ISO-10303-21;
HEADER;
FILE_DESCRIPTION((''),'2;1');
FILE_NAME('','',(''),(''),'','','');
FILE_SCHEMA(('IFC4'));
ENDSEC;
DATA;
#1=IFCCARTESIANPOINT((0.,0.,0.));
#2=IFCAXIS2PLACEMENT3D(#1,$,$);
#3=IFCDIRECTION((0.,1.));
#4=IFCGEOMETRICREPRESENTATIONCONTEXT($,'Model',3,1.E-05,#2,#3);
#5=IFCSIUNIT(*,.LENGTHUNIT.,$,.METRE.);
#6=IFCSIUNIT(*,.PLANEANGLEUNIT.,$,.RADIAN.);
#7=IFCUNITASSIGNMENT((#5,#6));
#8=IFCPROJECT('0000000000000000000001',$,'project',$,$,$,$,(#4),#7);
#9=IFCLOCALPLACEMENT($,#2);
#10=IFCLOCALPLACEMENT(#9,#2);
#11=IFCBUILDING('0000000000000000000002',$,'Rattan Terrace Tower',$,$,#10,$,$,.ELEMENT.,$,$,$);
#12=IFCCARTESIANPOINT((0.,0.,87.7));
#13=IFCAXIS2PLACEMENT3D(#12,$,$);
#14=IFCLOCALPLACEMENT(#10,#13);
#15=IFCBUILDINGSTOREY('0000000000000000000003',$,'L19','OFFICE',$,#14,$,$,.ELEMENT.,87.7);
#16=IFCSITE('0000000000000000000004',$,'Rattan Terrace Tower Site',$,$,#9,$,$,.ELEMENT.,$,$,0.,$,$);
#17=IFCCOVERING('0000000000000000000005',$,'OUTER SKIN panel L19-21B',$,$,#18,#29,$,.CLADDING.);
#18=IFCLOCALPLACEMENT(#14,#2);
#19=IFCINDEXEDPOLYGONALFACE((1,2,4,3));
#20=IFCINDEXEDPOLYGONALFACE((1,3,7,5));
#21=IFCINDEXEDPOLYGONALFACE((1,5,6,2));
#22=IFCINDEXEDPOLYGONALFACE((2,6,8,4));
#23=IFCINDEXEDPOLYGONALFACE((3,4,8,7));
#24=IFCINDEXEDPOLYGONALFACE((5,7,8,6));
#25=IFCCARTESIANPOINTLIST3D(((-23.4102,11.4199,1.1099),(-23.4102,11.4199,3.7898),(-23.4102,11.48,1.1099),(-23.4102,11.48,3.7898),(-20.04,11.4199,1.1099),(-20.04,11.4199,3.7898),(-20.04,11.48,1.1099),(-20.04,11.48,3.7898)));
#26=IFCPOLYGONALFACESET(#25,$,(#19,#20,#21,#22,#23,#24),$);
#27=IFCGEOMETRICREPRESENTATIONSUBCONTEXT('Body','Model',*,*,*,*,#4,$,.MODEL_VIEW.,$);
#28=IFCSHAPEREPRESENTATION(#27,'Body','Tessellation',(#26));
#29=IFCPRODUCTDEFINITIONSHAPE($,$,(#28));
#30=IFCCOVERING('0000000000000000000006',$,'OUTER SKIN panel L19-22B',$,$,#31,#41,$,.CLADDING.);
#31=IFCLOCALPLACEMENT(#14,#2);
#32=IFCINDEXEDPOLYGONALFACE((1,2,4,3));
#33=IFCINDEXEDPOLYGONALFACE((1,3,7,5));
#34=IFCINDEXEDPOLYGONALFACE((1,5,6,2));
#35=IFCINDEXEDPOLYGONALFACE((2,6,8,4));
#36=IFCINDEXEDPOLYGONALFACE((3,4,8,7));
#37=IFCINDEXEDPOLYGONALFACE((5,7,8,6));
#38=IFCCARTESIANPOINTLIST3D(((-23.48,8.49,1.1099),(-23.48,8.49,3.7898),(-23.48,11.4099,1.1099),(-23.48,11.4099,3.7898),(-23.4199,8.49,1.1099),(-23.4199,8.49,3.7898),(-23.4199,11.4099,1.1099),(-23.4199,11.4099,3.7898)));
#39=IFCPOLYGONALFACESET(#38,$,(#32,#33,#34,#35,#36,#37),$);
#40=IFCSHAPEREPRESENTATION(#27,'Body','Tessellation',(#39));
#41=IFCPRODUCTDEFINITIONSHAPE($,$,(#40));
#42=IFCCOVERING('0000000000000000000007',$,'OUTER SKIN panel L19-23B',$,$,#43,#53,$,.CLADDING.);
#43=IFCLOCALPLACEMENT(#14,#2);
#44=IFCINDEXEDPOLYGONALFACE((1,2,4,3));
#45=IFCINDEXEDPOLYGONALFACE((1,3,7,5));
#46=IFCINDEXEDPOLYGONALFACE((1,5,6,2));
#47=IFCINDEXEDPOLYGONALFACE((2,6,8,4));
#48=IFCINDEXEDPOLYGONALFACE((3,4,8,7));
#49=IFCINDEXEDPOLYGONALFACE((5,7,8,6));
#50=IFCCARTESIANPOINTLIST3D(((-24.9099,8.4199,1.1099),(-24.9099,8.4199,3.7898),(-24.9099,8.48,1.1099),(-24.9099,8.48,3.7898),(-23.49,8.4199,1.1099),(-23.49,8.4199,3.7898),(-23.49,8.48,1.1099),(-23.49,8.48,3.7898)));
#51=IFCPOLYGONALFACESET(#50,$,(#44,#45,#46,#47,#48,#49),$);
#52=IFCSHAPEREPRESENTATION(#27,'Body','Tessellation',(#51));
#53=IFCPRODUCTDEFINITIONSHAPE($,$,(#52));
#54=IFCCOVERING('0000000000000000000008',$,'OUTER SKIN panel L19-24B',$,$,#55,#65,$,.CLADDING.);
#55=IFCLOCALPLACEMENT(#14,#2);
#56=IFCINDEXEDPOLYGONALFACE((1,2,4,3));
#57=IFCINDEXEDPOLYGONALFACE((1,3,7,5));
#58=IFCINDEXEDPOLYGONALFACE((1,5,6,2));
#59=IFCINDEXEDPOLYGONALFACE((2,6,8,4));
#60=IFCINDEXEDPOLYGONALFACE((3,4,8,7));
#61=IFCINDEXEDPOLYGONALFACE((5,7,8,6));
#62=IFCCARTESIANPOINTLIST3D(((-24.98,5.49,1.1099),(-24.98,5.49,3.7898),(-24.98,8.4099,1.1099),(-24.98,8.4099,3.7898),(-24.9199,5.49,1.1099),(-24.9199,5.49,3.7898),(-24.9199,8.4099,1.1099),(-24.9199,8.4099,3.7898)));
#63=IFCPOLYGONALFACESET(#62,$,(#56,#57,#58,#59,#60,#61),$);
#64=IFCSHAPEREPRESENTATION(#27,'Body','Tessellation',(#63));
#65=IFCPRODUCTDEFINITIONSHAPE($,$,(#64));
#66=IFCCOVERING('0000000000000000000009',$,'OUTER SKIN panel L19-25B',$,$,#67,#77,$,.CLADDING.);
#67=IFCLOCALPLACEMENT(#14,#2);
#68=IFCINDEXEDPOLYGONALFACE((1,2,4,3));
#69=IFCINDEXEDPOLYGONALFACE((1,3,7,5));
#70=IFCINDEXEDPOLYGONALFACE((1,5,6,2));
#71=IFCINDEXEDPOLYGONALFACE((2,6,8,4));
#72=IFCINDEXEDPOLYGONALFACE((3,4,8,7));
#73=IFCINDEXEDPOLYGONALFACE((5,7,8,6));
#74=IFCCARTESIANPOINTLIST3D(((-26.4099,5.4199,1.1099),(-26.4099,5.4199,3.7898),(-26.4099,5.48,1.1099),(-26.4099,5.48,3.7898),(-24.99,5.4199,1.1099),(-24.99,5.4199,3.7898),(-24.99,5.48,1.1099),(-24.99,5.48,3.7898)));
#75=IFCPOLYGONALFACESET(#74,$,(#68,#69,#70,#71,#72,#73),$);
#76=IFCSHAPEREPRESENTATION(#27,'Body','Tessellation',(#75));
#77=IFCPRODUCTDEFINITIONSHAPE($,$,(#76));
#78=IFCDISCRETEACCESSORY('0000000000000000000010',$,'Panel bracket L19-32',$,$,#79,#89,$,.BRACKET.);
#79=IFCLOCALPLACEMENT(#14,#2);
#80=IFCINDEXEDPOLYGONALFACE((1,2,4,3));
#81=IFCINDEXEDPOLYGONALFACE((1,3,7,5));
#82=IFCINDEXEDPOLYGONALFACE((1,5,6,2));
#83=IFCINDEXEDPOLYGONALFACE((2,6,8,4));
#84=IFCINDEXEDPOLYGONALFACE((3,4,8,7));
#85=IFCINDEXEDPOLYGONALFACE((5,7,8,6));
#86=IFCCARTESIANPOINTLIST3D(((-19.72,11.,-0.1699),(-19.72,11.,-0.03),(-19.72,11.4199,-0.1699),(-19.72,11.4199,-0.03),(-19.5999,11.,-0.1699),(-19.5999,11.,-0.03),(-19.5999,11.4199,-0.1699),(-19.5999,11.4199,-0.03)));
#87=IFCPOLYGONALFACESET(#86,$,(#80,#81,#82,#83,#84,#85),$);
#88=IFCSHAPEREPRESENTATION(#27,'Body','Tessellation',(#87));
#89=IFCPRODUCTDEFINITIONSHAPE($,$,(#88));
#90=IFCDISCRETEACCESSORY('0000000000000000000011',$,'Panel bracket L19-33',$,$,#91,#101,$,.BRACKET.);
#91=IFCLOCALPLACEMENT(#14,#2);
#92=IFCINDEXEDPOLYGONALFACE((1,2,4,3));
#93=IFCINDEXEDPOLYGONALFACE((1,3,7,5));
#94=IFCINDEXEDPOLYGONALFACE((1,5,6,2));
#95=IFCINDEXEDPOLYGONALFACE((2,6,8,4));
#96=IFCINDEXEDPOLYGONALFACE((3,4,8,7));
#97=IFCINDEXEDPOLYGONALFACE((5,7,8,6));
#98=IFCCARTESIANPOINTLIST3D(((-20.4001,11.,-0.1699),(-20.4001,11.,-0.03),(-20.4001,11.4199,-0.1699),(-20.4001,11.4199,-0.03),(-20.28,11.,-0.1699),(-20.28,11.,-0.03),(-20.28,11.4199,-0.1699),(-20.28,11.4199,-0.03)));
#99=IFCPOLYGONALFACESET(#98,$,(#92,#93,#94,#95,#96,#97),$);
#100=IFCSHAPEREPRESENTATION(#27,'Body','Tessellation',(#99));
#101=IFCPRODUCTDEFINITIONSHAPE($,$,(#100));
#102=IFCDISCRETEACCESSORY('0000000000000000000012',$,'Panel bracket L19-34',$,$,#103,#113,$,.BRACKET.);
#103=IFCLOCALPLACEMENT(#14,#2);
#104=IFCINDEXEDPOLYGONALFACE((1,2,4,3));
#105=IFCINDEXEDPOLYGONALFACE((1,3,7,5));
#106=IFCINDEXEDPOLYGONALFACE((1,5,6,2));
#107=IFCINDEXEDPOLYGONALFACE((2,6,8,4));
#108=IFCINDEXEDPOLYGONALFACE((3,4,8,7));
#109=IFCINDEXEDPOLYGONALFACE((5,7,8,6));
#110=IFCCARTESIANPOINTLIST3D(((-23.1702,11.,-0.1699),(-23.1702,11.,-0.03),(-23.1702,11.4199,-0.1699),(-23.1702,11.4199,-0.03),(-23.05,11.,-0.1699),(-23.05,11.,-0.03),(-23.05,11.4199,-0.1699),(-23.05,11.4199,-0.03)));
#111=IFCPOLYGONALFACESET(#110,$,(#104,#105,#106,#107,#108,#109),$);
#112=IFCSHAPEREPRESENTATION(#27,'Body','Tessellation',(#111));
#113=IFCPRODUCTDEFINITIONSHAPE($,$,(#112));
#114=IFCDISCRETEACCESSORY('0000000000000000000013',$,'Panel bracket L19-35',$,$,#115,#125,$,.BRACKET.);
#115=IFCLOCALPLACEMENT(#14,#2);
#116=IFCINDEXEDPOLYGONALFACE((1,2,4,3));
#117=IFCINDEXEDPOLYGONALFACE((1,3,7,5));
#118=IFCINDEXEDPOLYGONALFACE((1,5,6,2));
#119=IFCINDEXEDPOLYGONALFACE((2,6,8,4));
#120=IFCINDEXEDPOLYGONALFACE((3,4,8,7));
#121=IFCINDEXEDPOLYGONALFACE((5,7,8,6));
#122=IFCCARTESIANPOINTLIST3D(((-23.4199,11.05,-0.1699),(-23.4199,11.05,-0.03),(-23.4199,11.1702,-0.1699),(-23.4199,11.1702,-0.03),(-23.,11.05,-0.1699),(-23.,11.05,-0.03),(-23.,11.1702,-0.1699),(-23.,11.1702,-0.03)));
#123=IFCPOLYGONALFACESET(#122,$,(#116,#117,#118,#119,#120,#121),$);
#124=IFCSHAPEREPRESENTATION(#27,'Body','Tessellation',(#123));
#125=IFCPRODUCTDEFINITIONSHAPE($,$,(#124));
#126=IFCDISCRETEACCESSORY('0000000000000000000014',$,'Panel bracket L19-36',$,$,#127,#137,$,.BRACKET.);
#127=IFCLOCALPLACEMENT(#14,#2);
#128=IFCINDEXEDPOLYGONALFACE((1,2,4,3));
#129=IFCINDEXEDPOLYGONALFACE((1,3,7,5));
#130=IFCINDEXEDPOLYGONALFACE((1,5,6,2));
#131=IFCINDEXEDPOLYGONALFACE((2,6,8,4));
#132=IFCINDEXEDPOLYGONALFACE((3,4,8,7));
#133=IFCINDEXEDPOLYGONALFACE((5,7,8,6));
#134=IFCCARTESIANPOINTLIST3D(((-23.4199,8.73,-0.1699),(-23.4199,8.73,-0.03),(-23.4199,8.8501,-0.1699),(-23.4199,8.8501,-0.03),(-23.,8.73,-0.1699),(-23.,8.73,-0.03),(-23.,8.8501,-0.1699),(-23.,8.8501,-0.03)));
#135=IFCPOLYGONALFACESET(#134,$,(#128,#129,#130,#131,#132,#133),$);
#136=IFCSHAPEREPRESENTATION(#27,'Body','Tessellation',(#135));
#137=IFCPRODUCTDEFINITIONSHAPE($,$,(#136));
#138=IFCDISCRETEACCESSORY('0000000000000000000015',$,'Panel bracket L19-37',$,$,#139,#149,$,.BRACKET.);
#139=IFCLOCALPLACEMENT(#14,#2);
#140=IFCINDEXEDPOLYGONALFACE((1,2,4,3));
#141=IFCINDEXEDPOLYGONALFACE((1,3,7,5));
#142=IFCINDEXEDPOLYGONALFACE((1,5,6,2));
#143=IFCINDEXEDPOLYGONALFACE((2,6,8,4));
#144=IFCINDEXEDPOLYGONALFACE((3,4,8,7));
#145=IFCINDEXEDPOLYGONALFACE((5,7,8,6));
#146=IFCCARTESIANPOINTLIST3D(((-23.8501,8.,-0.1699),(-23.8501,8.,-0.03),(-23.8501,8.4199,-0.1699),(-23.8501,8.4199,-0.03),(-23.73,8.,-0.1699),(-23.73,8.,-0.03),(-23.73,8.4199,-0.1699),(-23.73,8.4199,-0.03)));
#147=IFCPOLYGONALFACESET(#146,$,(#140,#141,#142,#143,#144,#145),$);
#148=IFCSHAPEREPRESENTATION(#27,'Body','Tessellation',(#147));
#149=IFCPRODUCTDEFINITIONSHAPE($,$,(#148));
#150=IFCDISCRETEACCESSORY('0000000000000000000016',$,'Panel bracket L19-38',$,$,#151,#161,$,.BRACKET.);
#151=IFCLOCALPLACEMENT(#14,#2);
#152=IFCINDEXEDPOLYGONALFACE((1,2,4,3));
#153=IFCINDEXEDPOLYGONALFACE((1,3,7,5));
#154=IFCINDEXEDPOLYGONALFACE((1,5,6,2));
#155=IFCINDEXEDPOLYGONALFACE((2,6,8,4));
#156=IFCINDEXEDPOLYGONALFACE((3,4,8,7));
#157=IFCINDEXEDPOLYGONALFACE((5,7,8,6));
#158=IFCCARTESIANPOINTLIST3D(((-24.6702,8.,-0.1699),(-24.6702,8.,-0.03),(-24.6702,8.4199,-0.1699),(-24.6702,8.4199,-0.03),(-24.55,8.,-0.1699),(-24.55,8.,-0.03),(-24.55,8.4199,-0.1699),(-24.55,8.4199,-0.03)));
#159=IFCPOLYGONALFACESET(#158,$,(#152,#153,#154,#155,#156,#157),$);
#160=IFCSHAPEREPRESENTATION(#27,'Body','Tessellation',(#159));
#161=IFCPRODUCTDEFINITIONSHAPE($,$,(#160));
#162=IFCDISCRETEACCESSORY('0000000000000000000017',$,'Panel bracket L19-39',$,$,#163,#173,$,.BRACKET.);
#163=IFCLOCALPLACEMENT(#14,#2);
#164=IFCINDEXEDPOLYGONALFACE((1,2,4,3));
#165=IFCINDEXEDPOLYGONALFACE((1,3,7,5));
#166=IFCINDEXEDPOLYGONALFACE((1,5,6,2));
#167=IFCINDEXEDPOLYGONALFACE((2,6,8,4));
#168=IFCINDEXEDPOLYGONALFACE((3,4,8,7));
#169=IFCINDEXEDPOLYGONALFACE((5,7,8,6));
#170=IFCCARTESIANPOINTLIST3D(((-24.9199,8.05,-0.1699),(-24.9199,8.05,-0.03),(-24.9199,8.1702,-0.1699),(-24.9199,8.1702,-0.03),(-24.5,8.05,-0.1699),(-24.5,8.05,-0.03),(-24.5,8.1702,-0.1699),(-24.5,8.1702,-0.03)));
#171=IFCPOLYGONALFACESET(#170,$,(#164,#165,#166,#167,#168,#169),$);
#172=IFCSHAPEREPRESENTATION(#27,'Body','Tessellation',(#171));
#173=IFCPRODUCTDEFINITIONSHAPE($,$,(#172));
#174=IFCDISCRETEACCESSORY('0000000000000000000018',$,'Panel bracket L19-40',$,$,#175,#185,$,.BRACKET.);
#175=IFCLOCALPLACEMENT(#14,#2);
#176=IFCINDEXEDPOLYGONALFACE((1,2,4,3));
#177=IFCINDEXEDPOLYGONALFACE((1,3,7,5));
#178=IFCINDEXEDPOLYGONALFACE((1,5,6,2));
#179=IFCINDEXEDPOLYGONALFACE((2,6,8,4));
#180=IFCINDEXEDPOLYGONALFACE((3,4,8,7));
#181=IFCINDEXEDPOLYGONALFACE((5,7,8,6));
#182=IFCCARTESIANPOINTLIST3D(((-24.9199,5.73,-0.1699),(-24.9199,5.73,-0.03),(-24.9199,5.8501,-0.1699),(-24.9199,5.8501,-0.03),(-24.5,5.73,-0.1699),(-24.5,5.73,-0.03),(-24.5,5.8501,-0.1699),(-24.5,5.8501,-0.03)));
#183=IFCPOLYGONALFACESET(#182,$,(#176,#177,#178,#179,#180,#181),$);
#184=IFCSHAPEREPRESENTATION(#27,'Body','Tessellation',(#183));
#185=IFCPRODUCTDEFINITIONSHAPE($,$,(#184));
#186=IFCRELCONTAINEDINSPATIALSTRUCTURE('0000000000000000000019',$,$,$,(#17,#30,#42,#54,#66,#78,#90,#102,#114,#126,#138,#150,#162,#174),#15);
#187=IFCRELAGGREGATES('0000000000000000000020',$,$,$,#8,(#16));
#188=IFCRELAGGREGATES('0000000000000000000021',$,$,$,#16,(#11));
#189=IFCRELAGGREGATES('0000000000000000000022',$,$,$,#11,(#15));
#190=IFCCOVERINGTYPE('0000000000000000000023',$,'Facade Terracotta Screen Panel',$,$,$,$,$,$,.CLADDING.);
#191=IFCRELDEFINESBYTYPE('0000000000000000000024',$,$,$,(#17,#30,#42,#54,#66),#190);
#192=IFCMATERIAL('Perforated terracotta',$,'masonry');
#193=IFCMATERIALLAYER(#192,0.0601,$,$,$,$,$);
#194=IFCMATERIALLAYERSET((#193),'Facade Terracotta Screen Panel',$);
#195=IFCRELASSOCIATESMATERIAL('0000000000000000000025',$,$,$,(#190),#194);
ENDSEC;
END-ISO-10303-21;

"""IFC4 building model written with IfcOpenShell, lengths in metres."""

from ifc_helpers import new_model, si_unit, direction, frame, origin, origin_2d, place, context, subcontext, project, spatial, rectangle, extrude, material, layer, layer_set, type_object, element, save


model = new_model("IFC4")

# Units and contexts
model_context = context("Model", 3, precision=1e-05, world=origin(), true_north=direction((0.0, 1.0)))
body_context = subcontext(model_context, "Body", "Model", "MODEL_VIEW")
ifc_project = project(units=[si_unit("LENGTHUNIT", "METRE"), si_unit("PLANEANGLEUNIT", "RADIAN")], contexts=[model_context])

# Site, building, storey
site_placement = place(None, origin())
site = spatial("IfcSite", under=ifc_project, at=site_placement, Name="Rattan Terrace Tower Site", CompositionType="ELEMENT", RefElevation=0.0)
building_placement = place(site_placement, origin())
building = spatial("IfcBuilding", under=site, at=building_placement, Name="Rattan Terrace Tower", CompositionType="ELEMENT")
storey_placement = place(building_placement, frame((0.0, 0.0, 87.7)))
storey = spatial("IfcBuildingStorey", under=building, at=storey_placement, Name="L19", Description="OFFICE", CompositionType="ELEMENT", Elevation=87.7)

# Coverings
ifc_material_1 = material(Name="Perforated terracotta", Category="masonry")
ifc_layer_1 = layer(ifc_material_1, 0.0601)
ifc_layer_set_1 = layer_set([ifc_layer_1], Name="Facade Terracotta Screen Panel")
covering_type_1 = type_object("IfcCoveringType", Name="Facade Terracotta Screen Panel", PredefinedType="CLADDING", material=ifc_layer_set_1)
covering_1_placement = place(storey_placement, frame((-21.7251, 11.45, 1.1099), z_axis=(0.0, 0.0, 1.0), x_axis=(-1.0, 0.0, 0.0)))
element("IfcCovering", 1, at=covering_1_placement, inside=storey, type_object=covering_type_1, Name="OUTER SKIN panel L19-21B", PredefinedType="CLADDING", context=body_context, shape_type="SweptSolid", body=[
    extrude(rectangle(XDim=3.3701, YDim=0.0601, at=origin_2d()), origin(), (0.0, 0.0, 1.0), 2.6799),
])
covering_2_placement = place(storey_placement, frame((-23.45, 9.95, 1.1099), z_axis=(0.0, 0.0, 1.0), x_axis=(0.0, -1.0, 0.0)))
element("IfcCovering", 2, at=covering_2_placement, inside=storey, type_object=covering_type_1, Name="OUTER SKIN panel L19-22B", PredefinedType="CLADDING", context=body_context, shape_type="SweptSolid", body=[
    extrude(rectangle(XDim=2.9199, YDim=0.0601, at=origin_2d()), origin(), (0.0, 0.0, 1.0), 2.6799),
])
covering_3_placement = place(storey_placement, frame((-24.2, 8.45, 1.1099), z_axis=(0.0, 0.0, 1.0), x_axis=(-1.0, 0.0, 0.0)))
element("IfcCovering", 3, at=covering_3_placement, inside=storey, type_object=covering_type_1, Name="OUTER SKIN panel L19-23B", PredefinedType="CLADDING", context=body_context, shape_type="SweptSolid", body=[
    extrude(rectangle(XDim=1.4199, YDim=0.0601, at=origin_2d()), origin(), (0.0, 0.0, 1.0), 2.6799),
])
covering_4_placement = place(storey_placement, frame((-24.95, 6.95, 1.1099), z_axis=(0.0, 0.0, 1.0), x_axis=(0.0, -1.0, 0.0)))
element("IfcCovering", 4, at=covering_4_placement, inside=storey, type_object=covering_type_1, Name="OUTER SKIN panel L19-24B", PredefinedType="CLADDING", context=body_context, shape_type="SweptSolid", body=[
    extrude(rectangle(XDim=2.9199, YDim=0.0601, at=origin_2d()), origin(), (0.0, 0.0, 1.0), 2.6799),
])
covering_5_placement = place(storey_placement, frame((-25.7, 5.45, 1.1099), z_axis=(0.0, 0.0, 1.0), x_axis=(-1.0, 0.0, 0.0)))
element("IfcCovering", 5, at=covering_5_placement, inside=storey, type_object=covering_type_1, Name="OUTER SKIN panel L19-25B", PredefinedType="CLADDING", context=body_context, shape_type="SweptSolid", body=[
    extrude(rectangle(XDim=1.4199, YDim=0.0601, at=origin_2d()), origin(), (0.0, 0.0, 1.0), 2.6799),
])

# Discrete accessories
for number, where, z_axis, x_axis, name in (
    (6, (-19.6599, 11.21, -0.1699), (0.0, 0.0, 1.0), (-1.0, 0.0, 0.0), "Panel bracket L19-32"),
    (7, (-20.3401, 11.21, -0.1699), (0.0, 0.0, 1.0), (-1.0, 0.0, 0.0), "Panel bracket L19-33"),
    (8, (-23.1101, 11.21, -0.1699), (0.0, 0.0, 1.0), (-1.0, 0.0, 0.0), "Panel bracket L19-34"),
    (9, (-23.21, 11.1101, -0.1699), (0.0, 0.0, 1.0), (0.0, -1.0, 0.0), "Panel bracket L19-35"),
    (10, (-23.21, 8.79, -0.1699), (0.0, 0.0, 1.0), (0.0, -1.0, 0.0), "Panel bracket L19-36"),
    (11, (-23.79, 8.21, -0.1699), (0.0, 0.0, 1.0), (-1.0, 0.0, 0.0), "Panel bracket L19-37"),
    (12, (-24.6101, 8.21, -0.1699), (0.0, 0.0, 1.0), (-1.0, 0.0, 0.0), "Panel bracket L19-38"),
    (13, (-24.71, 8.1101, -0.1699), (0.0, 0.0, 1.0), (0.0, -1.0, 0.0), "Panel bracket L19-39"),
    (14, (-24.71, 5.79, -0.1699), (0.0, 0.0, 1.0), (0.0, -1.0, 0.0), "Panel bracket L19-40"),
):
    element("IfcDiscreteAccessory", number, at=place(storey_placement, frame(where, z_axis=z_axis, x_axis=x_axis)), inside=storey, Name=name, PredefinedType="BRACKET", context=body_context, shape_type="SweptSolid", body=[
        extrude(rectangle(XDim=0.1201, YDim=0.4199, at=origin_2d()), origin(), (0.0, 0.0, 1.0), 0.1399),
    ])

save(model, "model.ifc")
